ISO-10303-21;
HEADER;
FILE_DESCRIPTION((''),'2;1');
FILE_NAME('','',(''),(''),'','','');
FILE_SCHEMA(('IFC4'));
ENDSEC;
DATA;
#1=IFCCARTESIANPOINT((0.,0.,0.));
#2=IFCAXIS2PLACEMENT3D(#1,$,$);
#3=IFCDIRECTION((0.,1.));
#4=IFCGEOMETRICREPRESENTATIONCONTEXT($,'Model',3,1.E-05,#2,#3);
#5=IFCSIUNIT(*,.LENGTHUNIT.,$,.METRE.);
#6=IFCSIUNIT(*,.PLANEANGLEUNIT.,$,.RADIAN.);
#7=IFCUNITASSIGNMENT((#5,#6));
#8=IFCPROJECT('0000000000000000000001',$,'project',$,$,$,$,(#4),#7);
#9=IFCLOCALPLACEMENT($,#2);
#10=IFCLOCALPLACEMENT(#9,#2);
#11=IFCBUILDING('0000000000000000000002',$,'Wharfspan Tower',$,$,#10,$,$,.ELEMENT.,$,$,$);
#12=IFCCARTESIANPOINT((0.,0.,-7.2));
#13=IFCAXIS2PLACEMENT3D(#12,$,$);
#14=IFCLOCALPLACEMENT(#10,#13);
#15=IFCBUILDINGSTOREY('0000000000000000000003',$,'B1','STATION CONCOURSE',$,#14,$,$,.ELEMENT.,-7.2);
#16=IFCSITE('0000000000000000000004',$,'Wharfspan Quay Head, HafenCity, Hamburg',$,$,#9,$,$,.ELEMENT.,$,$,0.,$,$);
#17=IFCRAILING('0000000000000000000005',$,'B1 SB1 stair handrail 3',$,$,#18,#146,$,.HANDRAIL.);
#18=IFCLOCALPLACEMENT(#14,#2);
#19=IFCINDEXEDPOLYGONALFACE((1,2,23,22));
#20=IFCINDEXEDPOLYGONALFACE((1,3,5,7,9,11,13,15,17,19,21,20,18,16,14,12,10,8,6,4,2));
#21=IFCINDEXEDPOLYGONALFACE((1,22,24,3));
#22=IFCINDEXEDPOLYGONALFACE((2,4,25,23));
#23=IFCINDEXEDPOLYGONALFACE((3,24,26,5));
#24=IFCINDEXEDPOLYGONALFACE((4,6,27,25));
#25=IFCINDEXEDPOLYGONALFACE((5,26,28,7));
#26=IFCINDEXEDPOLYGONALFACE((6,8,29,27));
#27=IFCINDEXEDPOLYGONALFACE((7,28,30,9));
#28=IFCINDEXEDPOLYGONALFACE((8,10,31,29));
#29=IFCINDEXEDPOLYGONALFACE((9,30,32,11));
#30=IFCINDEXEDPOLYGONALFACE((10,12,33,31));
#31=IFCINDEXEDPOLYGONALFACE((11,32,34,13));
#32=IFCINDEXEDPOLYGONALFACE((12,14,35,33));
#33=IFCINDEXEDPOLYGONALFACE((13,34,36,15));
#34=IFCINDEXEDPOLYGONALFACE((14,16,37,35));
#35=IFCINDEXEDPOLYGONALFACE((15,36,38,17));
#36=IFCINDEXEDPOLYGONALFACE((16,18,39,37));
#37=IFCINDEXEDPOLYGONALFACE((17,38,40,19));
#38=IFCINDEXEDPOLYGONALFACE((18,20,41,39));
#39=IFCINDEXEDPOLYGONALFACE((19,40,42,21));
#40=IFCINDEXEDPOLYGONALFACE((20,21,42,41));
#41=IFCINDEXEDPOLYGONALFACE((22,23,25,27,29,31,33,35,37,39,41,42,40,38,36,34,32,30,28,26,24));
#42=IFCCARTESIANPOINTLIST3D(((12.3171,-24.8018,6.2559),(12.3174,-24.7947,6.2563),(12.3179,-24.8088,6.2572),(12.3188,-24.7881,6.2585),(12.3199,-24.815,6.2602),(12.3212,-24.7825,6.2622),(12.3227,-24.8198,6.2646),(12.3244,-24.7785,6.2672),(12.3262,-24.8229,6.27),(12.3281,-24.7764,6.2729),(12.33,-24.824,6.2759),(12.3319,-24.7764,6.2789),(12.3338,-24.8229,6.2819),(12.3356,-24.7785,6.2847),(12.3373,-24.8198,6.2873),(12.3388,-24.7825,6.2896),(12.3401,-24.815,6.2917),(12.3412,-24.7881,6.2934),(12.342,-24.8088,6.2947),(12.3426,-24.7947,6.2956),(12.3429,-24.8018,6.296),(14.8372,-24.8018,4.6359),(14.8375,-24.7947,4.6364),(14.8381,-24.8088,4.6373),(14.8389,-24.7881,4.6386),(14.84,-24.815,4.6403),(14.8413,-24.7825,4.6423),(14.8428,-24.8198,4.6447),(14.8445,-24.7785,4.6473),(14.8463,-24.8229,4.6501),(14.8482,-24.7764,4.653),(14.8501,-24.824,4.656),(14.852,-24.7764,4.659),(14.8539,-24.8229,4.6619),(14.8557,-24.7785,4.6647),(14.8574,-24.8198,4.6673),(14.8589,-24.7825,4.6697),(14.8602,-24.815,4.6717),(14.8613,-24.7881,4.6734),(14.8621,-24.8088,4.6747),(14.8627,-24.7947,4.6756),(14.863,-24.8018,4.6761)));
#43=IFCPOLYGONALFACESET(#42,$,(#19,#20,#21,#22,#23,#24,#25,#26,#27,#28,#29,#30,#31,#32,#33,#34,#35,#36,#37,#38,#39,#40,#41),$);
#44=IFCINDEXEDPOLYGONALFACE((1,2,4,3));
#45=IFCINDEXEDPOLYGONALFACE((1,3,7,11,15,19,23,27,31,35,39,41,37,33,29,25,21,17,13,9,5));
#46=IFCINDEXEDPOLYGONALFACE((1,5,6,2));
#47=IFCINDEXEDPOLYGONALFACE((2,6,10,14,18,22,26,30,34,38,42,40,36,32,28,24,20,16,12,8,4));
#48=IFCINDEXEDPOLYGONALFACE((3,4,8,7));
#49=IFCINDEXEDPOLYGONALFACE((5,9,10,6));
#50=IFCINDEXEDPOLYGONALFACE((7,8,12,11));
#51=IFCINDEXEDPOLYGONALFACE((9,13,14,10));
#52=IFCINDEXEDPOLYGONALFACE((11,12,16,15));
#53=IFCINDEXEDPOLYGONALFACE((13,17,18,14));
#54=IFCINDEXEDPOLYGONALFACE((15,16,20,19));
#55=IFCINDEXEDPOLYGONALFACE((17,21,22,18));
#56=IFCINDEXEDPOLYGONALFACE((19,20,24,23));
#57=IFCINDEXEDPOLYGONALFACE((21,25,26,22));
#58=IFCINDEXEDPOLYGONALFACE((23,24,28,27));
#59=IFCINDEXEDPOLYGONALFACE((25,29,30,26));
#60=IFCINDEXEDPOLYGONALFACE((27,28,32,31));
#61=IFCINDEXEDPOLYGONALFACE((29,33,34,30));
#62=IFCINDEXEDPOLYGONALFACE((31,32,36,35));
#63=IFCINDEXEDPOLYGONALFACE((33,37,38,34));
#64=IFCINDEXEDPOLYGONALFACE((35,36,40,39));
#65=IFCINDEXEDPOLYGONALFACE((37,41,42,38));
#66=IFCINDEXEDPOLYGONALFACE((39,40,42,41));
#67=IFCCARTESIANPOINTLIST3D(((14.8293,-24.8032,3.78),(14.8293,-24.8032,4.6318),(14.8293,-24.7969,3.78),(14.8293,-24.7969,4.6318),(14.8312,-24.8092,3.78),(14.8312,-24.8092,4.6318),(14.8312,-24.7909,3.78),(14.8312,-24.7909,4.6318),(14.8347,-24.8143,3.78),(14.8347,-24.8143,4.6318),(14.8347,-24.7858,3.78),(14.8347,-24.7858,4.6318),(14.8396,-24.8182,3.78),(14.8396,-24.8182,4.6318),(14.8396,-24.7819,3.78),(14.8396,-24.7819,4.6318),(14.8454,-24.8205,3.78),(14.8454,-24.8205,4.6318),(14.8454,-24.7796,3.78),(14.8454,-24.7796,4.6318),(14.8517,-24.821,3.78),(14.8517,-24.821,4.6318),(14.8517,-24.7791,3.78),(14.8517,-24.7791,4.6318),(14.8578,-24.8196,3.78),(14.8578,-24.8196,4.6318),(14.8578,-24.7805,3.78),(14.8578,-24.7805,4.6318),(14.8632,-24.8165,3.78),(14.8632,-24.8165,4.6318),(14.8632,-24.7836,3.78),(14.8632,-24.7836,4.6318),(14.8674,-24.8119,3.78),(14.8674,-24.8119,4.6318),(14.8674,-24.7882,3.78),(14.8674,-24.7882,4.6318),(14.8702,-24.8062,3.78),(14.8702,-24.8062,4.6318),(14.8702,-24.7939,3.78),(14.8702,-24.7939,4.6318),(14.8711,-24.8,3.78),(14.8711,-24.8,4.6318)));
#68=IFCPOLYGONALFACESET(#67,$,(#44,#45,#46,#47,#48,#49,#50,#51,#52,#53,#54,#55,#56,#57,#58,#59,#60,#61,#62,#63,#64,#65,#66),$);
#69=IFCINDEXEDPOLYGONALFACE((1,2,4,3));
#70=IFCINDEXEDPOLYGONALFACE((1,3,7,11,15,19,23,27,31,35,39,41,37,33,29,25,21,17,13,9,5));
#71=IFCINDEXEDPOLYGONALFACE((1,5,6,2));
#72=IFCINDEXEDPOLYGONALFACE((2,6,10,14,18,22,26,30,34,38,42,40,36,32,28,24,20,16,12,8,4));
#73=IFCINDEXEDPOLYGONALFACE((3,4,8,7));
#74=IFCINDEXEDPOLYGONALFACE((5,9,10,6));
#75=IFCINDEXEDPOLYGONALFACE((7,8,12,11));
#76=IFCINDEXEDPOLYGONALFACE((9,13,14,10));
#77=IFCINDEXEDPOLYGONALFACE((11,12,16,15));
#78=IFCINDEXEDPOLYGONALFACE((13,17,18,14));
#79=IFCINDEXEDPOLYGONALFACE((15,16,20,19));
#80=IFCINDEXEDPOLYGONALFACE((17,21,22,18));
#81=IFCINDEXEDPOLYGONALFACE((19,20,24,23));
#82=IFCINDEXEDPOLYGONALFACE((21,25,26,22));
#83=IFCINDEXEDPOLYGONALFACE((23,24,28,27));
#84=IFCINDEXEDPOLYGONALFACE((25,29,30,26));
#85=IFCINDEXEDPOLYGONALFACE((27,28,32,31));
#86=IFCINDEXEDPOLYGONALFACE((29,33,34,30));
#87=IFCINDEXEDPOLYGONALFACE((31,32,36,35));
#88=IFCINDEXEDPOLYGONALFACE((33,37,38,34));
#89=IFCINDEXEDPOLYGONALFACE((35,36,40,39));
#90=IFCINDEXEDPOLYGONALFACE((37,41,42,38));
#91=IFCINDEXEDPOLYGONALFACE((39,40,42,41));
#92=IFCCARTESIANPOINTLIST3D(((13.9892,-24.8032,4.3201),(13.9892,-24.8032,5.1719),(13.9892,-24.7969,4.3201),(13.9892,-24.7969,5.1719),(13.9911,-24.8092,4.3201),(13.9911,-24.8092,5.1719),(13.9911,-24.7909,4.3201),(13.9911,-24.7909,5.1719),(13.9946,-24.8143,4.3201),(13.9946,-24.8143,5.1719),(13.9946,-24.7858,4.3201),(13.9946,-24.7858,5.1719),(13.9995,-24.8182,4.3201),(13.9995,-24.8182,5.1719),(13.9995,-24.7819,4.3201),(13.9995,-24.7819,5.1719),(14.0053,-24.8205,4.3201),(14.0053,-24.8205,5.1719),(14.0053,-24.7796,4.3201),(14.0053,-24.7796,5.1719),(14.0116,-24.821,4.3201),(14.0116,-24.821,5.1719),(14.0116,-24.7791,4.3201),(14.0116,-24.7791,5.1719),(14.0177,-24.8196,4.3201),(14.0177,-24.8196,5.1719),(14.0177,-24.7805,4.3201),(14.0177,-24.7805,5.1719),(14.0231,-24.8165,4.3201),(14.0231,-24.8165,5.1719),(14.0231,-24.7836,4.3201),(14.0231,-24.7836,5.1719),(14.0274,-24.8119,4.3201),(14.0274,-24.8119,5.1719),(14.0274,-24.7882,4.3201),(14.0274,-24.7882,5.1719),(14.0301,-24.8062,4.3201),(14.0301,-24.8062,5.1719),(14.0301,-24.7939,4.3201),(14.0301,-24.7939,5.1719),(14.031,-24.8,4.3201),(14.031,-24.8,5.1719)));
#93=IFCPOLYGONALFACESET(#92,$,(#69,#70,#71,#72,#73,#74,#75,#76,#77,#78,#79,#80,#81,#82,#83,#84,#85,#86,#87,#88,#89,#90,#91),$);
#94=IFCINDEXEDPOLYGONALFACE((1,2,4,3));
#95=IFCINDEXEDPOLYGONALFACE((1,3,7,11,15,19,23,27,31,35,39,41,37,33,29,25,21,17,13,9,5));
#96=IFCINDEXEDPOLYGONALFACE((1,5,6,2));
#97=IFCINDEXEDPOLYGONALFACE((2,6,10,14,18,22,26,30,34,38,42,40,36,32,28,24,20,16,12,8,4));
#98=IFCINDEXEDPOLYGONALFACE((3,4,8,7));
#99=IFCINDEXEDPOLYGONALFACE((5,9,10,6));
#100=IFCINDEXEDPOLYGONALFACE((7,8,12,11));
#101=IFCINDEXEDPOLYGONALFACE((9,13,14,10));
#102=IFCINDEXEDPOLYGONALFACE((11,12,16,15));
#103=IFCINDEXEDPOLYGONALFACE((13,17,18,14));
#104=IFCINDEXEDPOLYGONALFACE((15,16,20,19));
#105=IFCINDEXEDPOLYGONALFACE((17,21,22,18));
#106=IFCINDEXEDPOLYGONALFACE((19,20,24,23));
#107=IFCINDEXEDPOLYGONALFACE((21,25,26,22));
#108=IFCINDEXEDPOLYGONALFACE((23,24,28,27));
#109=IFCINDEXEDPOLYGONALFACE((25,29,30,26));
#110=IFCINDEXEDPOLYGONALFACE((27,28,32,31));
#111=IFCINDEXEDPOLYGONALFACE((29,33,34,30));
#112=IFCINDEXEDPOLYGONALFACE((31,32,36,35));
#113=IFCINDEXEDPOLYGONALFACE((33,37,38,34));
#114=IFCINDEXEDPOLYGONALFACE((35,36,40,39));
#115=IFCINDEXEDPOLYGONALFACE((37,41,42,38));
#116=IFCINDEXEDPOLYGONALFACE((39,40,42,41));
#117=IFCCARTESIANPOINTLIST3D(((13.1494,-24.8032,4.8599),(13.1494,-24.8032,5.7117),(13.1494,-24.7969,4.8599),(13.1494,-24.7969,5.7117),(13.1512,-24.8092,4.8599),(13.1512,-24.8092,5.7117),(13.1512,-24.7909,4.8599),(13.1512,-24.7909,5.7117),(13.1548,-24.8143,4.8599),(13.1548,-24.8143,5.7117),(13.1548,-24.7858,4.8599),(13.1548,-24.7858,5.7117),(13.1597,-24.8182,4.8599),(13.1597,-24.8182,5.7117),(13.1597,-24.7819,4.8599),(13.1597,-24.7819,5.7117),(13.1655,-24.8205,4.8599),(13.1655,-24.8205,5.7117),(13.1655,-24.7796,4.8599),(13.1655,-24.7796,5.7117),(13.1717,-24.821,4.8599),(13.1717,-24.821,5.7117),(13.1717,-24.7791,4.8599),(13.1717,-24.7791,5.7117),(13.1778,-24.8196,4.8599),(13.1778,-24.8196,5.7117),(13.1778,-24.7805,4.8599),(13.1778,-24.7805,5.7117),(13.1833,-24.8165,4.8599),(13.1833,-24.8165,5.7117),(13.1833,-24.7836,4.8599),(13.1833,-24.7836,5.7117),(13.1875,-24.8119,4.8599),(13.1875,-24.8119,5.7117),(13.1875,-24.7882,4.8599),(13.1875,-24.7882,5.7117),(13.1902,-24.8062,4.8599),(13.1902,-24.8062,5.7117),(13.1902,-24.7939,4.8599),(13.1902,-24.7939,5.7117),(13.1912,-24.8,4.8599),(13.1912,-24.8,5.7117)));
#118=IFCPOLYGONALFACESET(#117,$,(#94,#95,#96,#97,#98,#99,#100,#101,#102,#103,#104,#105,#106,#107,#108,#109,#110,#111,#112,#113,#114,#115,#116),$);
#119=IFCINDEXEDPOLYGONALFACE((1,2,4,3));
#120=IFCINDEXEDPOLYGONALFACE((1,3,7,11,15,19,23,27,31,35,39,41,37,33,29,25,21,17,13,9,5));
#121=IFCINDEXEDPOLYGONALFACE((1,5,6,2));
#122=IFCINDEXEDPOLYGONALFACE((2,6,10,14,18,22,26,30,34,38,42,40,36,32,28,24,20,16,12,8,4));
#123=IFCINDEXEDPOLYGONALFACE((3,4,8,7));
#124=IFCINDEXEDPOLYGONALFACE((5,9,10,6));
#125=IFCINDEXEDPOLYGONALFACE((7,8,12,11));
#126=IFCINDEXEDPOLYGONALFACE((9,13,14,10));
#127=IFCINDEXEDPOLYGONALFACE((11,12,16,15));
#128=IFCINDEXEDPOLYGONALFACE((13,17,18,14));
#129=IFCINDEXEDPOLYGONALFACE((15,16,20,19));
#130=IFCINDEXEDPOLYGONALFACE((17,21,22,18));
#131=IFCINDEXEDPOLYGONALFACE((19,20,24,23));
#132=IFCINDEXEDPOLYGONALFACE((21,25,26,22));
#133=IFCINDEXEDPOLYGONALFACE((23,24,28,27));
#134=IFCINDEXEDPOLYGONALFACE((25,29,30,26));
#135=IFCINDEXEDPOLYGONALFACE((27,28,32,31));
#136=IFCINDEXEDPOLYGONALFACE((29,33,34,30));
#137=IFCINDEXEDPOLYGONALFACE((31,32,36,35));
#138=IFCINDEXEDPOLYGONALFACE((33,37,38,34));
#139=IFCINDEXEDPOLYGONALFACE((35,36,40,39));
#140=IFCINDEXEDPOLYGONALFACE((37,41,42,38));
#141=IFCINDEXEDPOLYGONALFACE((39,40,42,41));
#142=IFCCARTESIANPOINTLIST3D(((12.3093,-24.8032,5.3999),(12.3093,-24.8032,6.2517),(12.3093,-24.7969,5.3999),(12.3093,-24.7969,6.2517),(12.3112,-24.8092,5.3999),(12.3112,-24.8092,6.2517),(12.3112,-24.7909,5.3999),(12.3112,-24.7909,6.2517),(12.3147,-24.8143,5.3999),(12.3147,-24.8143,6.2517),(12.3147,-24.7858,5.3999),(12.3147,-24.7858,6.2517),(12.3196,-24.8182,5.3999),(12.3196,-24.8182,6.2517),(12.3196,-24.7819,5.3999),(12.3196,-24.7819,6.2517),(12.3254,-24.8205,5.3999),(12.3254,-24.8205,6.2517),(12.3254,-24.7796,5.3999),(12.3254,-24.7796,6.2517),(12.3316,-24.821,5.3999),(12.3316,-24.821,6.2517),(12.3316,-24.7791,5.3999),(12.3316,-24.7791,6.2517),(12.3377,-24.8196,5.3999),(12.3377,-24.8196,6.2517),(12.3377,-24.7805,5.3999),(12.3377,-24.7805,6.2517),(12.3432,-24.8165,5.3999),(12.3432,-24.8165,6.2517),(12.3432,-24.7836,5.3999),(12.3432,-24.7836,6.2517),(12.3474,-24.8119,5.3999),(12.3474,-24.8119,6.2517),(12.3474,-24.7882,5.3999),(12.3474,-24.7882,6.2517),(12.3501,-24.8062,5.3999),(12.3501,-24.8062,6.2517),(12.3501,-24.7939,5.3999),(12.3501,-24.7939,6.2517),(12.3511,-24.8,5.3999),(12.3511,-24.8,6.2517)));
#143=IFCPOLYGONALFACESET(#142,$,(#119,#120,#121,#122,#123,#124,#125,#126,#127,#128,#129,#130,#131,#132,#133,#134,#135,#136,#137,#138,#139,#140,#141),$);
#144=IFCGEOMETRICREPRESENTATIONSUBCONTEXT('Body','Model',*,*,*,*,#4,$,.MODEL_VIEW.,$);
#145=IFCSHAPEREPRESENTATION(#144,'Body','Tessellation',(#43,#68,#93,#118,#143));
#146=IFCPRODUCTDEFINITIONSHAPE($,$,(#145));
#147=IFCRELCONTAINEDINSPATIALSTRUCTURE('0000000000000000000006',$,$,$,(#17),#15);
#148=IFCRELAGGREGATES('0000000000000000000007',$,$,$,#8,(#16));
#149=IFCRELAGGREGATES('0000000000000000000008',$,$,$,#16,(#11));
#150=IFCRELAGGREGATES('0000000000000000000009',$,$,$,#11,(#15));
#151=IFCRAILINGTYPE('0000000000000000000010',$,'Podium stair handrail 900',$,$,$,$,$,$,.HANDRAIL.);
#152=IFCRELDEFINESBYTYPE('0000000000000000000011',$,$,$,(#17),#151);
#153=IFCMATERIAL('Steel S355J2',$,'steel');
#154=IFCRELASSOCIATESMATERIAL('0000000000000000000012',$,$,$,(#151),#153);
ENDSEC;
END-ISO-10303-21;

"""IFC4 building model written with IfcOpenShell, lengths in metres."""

from ifc_helpers import new_model, si_unit, direction, frame, origin, origin_2d, place, context, subcontext, project, spatial, circle, extrude, material, type_object, element, save


model = new_model("IFC4")

# Units and contexts
model_context = context("Model", 3, precision=1e-05, world=origin(), true_north=direction((0.0, 1.0)))
body_context = subcontext(model_context, "Body", "Model", "MODEL_VIEW")
ifc_project = project(units=[si_unit("LENGTHUNIT", "METRE"), si_unit("PLANEANGLEUNIT", "RADIAN")], contexts=[model_context])

# Site, building, storey
site_placement = place(None, origin())
site = spatial("IfcSite", under=ifc_project, at=site_placement, Name="Wharfspan Quay Head, HafenCity, Hamburg", CompositionType="ELEMENT", RefElevation=0.0)
building_placement = place(site_placement, origin())
building = spatial("IfcBuilding", under=site, at=building_placement, Name="Wharfspan Tower", CompositionType="ELEMENT")
storey_placement = place(building_placement, frame((0.0, 0.0, -7.2)))
storey = spatial("IfcBuildingStorey", under=building, at=storey_placement, Name="B1", Description="STATION CONCOURSE", CompositionType="ELEMENT", Elevation=-7.2)

# Railing
ifc_material_1 = material(Name="Steel S355J2", Category="steel")
railing_type = type_object("IfcRailingType", Name="Podium stair handrail 900", PredefinedType="HANDRAIL", material=ifc_material_1)
railing_1_placement = place(storey_placement, frame((14.8501, -24.8, 3.78)))
element("IfcRailing", 1, at=railing_1_placement, inside=storey, type_object=railing_type, Name="B1 SB1 stair handrail 3", PredefinedType="HANDRAIL", context=body_context, shape_type="SweptSolid", body=[
    extrude(circle(Radius=0.0239, at=origin_2d()), frame((0.0, 0.0, 0.876), z_axis=(-0.8412, 0.0, 0.540725), x_axis=(0.0, -1.0, 0.0)), (0.0, 0.0, 1.0), 2.9958),
    extrude(circle(Radius=0.021, at=origin_2d()), origin(), (0.0, 0.0, 1.0), 0.8518),
    extrude(circle(Radius=0.021, at=origin_2d()), frame((-0.8401, 0.0, 0.54)), (0.0, 0.0, 1.0), 0.8518),
    extrude(circle(Radius=0.021, at=origin_2d()), frame((-1.6799, 0.0, 1.0798)), (0.0, 0.0, 1.0), 0.8518),
    extrude(circle(Radius=0.021, at=origin_2d()), frame((-2.52, 0.0, 1.6199)), (0.0, 0.0, 1.0), 0.8518),
])

save(model, "model.ifc")
